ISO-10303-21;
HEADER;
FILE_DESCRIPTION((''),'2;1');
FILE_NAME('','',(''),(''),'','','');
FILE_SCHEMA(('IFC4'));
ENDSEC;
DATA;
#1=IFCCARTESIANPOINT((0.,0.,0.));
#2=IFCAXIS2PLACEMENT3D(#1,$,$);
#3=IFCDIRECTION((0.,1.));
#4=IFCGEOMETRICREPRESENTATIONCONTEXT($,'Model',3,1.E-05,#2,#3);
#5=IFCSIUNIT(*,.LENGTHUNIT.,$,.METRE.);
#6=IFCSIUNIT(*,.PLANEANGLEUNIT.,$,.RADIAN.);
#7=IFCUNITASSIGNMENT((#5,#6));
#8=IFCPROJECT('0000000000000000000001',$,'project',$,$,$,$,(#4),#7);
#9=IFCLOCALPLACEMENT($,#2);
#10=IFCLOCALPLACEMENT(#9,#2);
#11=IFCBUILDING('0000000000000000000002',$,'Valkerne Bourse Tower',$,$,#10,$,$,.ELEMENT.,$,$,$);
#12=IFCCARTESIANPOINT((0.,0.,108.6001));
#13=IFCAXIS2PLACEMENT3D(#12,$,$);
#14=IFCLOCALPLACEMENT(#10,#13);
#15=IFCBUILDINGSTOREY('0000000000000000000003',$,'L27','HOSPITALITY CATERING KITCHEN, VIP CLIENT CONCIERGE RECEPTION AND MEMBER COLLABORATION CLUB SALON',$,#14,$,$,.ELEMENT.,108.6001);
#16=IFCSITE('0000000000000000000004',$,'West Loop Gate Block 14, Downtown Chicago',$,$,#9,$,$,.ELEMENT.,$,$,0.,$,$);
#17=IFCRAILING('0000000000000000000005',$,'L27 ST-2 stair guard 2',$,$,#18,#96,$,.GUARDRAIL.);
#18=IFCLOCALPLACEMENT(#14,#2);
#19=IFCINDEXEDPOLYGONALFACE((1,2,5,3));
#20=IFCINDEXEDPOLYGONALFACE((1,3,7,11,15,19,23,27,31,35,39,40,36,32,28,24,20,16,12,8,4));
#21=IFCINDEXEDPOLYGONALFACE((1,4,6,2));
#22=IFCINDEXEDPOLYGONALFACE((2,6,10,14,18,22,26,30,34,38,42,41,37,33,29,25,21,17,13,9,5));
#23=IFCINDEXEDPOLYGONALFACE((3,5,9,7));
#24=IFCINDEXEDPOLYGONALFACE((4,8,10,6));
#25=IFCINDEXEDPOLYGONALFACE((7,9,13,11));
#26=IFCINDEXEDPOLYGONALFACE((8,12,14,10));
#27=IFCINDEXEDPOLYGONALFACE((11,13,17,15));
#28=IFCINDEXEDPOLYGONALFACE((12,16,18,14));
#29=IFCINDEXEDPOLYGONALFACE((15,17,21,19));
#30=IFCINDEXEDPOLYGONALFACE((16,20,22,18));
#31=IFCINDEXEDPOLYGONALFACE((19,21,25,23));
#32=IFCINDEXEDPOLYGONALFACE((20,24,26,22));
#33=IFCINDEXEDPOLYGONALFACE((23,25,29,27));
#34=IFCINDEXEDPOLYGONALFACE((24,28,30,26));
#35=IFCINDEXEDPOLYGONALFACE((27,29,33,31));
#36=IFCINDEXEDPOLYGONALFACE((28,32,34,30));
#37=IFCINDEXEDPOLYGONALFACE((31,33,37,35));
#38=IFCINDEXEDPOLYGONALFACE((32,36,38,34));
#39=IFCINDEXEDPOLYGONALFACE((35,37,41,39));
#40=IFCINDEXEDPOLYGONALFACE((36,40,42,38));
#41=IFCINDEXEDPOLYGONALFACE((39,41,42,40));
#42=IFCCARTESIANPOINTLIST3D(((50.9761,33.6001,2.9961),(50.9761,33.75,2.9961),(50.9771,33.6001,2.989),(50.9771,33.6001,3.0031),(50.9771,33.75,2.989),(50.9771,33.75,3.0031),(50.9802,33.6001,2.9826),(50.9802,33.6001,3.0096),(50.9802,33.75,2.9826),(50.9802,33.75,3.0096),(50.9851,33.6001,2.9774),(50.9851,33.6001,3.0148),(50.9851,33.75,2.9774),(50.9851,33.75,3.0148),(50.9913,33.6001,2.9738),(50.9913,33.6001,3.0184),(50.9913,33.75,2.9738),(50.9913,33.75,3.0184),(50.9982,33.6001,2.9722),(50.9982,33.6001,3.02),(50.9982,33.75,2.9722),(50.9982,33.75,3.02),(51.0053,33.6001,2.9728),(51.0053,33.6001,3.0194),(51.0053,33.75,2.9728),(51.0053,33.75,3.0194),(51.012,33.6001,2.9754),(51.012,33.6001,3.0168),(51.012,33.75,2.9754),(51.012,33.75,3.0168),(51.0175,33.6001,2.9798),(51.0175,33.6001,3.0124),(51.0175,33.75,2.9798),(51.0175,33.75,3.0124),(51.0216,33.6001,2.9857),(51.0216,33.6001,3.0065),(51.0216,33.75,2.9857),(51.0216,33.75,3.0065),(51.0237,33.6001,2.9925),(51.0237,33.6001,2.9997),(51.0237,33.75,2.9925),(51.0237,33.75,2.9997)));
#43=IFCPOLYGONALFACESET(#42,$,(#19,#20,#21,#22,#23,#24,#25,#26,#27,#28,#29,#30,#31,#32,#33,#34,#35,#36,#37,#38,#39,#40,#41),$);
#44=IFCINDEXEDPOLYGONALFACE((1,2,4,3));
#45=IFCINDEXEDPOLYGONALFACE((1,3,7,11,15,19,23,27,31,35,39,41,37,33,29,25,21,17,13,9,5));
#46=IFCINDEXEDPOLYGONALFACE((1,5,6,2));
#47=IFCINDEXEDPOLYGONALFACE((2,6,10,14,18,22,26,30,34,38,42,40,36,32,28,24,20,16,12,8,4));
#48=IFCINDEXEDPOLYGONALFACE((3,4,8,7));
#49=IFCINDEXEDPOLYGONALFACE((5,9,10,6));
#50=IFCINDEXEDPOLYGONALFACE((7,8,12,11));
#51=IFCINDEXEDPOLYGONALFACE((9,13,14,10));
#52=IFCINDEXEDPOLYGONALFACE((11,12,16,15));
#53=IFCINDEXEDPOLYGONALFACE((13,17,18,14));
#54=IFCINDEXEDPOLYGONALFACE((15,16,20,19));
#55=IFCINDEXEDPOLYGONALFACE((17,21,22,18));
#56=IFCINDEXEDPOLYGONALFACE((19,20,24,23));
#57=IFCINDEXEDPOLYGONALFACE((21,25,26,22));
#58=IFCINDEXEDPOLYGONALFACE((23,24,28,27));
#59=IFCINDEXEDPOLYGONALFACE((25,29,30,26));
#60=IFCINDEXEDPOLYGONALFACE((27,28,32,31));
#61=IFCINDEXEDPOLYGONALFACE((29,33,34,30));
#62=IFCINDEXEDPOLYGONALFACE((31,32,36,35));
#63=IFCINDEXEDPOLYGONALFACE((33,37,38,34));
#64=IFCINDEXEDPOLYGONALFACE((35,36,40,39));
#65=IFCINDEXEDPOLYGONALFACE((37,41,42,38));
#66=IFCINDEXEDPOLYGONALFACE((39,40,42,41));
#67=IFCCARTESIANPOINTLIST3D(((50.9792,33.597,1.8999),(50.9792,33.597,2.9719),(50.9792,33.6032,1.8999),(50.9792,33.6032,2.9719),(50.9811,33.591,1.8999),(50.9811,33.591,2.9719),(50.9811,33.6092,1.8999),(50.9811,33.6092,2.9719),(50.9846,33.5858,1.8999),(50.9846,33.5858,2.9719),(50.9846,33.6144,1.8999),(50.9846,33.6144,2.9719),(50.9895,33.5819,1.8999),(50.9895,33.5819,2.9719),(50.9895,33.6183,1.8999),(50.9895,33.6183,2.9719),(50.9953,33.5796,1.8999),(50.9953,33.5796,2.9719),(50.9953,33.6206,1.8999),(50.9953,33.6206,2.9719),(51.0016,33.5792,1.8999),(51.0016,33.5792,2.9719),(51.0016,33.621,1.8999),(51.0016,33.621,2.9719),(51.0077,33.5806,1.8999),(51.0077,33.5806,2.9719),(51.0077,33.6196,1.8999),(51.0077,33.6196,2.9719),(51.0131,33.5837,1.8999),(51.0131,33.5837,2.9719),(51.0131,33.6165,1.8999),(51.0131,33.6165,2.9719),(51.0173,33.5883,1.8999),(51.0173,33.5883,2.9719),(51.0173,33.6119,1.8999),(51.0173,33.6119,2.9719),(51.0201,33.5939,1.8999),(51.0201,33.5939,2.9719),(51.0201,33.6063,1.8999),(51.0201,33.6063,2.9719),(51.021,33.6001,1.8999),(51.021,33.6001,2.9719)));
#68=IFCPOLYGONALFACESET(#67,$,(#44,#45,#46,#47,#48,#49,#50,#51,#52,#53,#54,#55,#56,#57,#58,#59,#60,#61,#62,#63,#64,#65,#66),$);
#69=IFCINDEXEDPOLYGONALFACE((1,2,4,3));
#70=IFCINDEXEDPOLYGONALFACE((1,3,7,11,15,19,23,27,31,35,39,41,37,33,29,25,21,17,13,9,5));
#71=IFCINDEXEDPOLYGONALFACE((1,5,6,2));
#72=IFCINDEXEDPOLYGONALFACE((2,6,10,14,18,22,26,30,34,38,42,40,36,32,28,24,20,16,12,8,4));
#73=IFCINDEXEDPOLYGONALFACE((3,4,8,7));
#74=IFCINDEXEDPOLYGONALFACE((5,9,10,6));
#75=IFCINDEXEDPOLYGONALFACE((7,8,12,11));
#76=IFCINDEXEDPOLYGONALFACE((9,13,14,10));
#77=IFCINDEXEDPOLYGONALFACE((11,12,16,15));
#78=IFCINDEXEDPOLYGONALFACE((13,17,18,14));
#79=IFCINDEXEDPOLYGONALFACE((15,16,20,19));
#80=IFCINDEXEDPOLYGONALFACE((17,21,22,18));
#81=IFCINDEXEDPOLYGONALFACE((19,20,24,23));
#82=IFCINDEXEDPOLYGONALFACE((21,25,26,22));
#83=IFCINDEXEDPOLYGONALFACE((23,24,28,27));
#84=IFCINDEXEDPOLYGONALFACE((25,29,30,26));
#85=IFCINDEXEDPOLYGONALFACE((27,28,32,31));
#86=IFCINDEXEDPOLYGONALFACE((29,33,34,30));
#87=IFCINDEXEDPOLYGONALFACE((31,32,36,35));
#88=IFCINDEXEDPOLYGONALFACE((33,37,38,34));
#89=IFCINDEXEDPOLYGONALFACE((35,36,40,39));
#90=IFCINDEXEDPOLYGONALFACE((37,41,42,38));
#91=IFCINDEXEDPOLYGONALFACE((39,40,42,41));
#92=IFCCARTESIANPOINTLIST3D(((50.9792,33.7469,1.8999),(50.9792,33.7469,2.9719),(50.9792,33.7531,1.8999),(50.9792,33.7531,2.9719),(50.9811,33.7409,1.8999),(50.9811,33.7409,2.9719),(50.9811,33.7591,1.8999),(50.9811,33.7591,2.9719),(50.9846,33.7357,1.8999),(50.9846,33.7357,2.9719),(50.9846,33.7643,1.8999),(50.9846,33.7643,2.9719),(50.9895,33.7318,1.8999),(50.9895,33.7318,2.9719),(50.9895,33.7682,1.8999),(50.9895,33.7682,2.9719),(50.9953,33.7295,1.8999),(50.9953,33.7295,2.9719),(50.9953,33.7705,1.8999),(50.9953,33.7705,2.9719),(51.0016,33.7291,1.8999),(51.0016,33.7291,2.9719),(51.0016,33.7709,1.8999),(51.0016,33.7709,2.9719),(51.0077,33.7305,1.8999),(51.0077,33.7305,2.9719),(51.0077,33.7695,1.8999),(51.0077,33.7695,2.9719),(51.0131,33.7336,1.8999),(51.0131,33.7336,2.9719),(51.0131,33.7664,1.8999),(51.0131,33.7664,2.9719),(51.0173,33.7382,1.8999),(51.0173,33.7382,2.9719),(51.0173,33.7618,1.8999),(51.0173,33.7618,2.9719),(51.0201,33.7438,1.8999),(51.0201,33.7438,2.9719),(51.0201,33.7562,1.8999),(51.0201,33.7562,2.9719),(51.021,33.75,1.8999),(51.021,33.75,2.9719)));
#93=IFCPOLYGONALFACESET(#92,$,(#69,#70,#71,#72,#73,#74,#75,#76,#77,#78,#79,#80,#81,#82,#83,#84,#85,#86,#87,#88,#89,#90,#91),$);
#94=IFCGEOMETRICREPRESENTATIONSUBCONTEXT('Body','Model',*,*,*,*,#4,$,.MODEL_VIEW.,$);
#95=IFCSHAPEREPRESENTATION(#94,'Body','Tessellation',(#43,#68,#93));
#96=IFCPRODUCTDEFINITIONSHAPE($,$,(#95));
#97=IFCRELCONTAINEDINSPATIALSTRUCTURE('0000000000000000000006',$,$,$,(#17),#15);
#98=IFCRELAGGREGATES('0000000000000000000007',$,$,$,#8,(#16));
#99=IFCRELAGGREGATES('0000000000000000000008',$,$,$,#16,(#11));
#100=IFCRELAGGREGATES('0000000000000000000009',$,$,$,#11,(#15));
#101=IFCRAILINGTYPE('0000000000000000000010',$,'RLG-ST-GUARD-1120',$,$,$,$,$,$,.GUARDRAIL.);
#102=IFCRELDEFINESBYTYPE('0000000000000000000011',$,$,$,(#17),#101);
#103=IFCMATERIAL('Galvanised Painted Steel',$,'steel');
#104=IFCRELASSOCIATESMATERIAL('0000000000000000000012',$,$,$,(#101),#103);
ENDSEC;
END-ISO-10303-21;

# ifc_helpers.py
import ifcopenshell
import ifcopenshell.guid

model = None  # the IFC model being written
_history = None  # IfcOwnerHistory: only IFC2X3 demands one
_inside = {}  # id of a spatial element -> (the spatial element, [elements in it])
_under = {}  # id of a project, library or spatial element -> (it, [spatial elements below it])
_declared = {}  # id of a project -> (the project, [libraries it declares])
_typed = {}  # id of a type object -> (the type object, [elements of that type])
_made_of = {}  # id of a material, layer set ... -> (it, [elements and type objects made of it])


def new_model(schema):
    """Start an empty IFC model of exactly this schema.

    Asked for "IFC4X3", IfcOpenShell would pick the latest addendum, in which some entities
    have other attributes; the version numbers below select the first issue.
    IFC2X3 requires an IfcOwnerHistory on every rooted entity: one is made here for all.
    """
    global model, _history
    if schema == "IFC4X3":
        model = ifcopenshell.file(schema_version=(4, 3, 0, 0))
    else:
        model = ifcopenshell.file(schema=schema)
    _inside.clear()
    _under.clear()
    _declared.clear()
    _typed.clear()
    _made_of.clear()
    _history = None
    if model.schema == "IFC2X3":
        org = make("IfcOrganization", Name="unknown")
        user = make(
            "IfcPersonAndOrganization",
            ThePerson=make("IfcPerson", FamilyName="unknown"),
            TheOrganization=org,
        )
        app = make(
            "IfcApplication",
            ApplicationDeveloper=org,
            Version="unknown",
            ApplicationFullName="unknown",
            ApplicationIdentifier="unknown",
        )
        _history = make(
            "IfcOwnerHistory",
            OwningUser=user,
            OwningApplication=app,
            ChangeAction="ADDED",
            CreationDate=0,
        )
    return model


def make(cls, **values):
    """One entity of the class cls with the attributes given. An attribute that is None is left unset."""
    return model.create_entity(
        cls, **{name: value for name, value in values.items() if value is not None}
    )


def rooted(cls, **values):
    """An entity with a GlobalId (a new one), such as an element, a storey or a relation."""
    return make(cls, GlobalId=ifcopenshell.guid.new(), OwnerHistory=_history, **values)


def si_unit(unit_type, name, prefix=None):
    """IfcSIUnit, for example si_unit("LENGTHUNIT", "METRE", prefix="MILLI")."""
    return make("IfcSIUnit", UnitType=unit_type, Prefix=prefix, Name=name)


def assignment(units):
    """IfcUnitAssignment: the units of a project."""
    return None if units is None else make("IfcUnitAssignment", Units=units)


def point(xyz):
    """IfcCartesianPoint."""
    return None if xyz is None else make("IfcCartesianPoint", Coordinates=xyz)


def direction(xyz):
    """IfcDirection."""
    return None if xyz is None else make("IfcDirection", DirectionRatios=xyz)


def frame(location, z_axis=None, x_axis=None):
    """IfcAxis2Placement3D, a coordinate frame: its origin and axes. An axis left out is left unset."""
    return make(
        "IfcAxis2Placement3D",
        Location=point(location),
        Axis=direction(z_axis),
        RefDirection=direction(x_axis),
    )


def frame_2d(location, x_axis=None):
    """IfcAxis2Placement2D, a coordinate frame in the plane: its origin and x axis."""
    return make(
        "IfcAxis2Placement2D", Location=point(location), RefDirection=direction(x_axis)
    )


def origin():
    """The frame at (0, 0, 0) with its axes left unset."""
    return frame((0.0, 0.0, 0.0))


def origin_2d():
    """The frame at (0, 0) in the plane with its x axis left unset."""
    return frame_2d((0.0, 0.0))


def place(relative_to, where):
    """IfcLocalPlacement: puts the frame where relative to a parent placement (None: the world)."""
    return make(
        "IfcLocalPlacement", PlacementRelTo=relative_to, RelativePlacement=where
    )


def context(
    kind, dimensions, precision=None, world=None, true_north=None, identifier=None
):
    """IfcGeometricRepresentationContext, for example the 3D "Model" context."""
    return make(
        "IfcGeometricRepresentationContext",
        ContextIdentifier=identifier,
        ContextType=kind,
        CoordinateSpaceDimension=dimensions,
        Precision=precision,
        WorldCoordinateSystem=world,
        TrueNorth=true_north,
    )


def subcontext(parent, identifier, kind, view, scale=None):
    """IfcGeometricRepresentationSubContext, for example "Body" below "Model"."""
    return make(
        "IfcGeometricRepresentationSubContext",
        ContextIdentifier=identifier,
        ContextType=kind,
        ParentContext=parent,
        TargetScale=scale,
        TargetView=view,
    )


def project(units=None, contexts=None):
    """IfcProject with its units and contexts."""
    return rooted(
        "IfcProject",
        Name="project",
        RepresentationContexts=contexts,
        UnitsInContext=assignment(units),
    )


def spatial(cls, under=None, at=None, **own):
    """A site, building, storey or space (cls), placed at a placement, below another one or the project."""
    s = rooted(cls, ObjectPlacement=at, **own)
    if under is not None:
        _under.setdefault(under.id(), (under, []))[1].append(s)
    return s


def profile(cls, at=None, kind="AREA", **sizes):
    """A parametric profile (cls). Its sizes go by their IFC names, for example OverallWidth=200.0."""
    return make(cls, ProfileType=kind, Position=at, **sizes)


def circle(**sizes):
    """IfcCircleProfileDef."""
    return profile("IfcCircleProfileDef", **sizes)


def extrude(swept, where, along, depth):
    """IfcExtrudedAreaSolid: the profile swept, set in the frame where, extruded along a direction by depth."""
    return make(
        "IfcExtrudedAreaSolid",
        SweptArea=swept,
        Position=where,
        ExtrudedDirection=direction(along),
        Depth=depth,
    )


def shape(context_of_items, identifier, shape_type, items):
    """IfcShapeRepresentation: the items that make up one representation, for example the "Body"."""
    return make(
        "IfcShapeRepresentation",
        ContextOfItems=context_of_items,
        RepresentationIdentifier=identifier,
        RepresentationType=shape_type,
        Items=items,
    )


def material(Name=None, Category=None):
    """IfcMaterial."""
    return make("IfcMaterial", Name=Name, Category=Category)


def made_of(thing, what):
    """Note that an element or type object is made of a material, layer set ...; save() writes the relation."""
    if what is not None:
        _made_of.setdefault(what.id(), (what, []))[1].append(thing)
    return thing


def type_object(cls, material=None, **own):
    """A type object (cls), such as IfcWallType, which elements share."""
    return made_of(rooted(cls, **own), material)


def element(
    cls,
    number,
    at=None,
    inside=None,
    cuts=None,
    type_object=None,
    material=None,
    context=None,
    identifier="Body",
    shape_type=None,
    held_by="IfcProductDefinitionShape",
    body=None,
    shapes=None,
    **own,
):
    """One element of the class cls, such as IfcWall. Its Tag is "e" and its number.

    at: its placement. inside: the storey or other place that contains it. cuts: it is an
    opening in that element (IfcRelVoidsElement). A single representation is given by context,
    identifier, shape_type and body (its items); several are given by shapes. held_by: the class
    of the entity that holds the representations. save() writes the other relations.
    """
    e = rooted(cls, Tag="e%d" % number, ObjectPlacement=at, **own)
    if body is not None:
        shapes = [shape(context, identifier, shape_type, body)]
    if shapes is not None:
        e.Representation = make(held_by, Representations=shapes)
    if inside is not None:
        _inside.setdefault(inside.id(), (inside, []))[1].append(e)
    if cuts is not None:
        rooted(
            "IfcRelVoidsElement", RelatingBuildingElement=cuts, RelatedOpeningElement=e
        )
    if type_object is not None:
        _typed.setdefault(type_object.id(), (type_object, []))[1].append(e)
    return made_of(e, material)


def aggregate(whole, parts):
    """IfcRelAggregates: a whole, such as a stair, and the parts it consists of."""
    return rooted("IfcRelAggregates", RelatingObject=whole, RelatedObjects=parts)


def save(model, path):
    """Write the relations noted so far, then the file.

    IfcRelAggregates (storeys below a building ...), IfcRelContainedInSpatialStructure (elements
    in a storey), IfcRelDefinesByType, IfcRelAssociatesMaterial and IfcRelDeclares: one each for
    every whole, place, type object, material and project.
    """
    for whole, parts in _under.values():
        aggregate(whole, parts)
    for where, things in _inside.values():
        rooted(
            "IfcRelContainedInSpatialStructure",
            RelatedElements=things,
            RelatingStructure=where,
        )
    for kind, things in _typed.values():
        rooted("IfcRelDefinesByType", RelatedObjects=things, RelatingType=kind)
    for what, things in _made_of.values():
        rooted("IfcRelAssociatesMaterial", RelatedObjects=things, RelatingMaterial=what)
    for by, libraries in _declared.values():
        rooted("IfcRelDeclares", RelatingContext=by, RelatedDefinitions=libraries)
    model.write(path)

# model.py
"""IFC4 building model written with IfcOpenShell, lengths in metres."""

from ifc_helpers import new_model, si_unit, direction, frame, origin, origin_2d, place, context, subcontext, project, spatial, circle, extrude, material, type_object, element, save


model = new_model("IFC4")

# Units and contexts
model_context = context("Model", 3, precision=1e-05, world=origin(), true_north=direction((0.0, 1.0)))
body_context = subcontext(model_context, "Body", "Model", "MODEL_VIEW")
ifc_project = project(units=[si_unit("LENGTHUNIT", "METRE"), si_unit("PLANEANGLEUNIT", "RADIAN")], contexts=[model_context])

# Site, building, storey
site_placement = place(None, origin())
site = spatial("IfcSite", under=ifc_project, at=site_placement, Name="West Loop Gate Block 14, Downtown Chicago", CompositionType="ELEMENT", RefElevation=0.0)
building_placement = place(site_placement, origin())
building = spatial("IfcBuilding", under=site, at=building_placement, Name="Valkerne Bourse Tower", CompositionType="ELEMENT")
storey_placement = place(building_placement, frame((0.0, 0.0, 108.6001)))
storey = spatial("IfcBuildingStorey", under=building, at=storey_placement, Name="L27", Description="HOSPITALITY CATERING KITCHEN, VIP CLIENT CONCIERGE RECEPTION AND MEMBER COLLABORATION CLUB SALON", CompositionType="ELEMENT", Elevation=108.6001)

# Railing
ifc_material_1 = material(Name="Galvanised Painted Steel", Category="steel")
railing_type_1 = type_object("IfcRailingType", Name="RLG-ST-GUARD-1120", PredefinedType="GUARDRAIL", material=ifc_material_1)
railing_1_placement = place(storey_placement, frame((51.0, 33.6001, 1.8999)))
element("IfcRailing", 1, at=railing_1_placement, inside=storey, type_object=railing_type_1, Name="L27 ST-2 stair guard 2", PredefinedType="GUARDRAIL", context=body_context, shape_type="SweptSolid", body=[
    extrude(circle(Radius=0.0239, at=origin_2d()), frame((0.0, 0.0, 1.0962), z_axis=(0.0, 1.0, 0.0), x_axis=(-1.0, 0.0, 0.0)), (0.0, 0.0, 1.0), 0.1499),
    extrude(circle(Radius=0.021, at=origin_2d()), origin(), (0.0, 0.0, 1.0), 1.072),
    extrude(circle(Radius=0.021, at=origin_2d()), frame((0.0, 0.1499, 0.0)), (0.0, 0.0, 1.0), 1.072),
])

save(model, "model.ifc")
